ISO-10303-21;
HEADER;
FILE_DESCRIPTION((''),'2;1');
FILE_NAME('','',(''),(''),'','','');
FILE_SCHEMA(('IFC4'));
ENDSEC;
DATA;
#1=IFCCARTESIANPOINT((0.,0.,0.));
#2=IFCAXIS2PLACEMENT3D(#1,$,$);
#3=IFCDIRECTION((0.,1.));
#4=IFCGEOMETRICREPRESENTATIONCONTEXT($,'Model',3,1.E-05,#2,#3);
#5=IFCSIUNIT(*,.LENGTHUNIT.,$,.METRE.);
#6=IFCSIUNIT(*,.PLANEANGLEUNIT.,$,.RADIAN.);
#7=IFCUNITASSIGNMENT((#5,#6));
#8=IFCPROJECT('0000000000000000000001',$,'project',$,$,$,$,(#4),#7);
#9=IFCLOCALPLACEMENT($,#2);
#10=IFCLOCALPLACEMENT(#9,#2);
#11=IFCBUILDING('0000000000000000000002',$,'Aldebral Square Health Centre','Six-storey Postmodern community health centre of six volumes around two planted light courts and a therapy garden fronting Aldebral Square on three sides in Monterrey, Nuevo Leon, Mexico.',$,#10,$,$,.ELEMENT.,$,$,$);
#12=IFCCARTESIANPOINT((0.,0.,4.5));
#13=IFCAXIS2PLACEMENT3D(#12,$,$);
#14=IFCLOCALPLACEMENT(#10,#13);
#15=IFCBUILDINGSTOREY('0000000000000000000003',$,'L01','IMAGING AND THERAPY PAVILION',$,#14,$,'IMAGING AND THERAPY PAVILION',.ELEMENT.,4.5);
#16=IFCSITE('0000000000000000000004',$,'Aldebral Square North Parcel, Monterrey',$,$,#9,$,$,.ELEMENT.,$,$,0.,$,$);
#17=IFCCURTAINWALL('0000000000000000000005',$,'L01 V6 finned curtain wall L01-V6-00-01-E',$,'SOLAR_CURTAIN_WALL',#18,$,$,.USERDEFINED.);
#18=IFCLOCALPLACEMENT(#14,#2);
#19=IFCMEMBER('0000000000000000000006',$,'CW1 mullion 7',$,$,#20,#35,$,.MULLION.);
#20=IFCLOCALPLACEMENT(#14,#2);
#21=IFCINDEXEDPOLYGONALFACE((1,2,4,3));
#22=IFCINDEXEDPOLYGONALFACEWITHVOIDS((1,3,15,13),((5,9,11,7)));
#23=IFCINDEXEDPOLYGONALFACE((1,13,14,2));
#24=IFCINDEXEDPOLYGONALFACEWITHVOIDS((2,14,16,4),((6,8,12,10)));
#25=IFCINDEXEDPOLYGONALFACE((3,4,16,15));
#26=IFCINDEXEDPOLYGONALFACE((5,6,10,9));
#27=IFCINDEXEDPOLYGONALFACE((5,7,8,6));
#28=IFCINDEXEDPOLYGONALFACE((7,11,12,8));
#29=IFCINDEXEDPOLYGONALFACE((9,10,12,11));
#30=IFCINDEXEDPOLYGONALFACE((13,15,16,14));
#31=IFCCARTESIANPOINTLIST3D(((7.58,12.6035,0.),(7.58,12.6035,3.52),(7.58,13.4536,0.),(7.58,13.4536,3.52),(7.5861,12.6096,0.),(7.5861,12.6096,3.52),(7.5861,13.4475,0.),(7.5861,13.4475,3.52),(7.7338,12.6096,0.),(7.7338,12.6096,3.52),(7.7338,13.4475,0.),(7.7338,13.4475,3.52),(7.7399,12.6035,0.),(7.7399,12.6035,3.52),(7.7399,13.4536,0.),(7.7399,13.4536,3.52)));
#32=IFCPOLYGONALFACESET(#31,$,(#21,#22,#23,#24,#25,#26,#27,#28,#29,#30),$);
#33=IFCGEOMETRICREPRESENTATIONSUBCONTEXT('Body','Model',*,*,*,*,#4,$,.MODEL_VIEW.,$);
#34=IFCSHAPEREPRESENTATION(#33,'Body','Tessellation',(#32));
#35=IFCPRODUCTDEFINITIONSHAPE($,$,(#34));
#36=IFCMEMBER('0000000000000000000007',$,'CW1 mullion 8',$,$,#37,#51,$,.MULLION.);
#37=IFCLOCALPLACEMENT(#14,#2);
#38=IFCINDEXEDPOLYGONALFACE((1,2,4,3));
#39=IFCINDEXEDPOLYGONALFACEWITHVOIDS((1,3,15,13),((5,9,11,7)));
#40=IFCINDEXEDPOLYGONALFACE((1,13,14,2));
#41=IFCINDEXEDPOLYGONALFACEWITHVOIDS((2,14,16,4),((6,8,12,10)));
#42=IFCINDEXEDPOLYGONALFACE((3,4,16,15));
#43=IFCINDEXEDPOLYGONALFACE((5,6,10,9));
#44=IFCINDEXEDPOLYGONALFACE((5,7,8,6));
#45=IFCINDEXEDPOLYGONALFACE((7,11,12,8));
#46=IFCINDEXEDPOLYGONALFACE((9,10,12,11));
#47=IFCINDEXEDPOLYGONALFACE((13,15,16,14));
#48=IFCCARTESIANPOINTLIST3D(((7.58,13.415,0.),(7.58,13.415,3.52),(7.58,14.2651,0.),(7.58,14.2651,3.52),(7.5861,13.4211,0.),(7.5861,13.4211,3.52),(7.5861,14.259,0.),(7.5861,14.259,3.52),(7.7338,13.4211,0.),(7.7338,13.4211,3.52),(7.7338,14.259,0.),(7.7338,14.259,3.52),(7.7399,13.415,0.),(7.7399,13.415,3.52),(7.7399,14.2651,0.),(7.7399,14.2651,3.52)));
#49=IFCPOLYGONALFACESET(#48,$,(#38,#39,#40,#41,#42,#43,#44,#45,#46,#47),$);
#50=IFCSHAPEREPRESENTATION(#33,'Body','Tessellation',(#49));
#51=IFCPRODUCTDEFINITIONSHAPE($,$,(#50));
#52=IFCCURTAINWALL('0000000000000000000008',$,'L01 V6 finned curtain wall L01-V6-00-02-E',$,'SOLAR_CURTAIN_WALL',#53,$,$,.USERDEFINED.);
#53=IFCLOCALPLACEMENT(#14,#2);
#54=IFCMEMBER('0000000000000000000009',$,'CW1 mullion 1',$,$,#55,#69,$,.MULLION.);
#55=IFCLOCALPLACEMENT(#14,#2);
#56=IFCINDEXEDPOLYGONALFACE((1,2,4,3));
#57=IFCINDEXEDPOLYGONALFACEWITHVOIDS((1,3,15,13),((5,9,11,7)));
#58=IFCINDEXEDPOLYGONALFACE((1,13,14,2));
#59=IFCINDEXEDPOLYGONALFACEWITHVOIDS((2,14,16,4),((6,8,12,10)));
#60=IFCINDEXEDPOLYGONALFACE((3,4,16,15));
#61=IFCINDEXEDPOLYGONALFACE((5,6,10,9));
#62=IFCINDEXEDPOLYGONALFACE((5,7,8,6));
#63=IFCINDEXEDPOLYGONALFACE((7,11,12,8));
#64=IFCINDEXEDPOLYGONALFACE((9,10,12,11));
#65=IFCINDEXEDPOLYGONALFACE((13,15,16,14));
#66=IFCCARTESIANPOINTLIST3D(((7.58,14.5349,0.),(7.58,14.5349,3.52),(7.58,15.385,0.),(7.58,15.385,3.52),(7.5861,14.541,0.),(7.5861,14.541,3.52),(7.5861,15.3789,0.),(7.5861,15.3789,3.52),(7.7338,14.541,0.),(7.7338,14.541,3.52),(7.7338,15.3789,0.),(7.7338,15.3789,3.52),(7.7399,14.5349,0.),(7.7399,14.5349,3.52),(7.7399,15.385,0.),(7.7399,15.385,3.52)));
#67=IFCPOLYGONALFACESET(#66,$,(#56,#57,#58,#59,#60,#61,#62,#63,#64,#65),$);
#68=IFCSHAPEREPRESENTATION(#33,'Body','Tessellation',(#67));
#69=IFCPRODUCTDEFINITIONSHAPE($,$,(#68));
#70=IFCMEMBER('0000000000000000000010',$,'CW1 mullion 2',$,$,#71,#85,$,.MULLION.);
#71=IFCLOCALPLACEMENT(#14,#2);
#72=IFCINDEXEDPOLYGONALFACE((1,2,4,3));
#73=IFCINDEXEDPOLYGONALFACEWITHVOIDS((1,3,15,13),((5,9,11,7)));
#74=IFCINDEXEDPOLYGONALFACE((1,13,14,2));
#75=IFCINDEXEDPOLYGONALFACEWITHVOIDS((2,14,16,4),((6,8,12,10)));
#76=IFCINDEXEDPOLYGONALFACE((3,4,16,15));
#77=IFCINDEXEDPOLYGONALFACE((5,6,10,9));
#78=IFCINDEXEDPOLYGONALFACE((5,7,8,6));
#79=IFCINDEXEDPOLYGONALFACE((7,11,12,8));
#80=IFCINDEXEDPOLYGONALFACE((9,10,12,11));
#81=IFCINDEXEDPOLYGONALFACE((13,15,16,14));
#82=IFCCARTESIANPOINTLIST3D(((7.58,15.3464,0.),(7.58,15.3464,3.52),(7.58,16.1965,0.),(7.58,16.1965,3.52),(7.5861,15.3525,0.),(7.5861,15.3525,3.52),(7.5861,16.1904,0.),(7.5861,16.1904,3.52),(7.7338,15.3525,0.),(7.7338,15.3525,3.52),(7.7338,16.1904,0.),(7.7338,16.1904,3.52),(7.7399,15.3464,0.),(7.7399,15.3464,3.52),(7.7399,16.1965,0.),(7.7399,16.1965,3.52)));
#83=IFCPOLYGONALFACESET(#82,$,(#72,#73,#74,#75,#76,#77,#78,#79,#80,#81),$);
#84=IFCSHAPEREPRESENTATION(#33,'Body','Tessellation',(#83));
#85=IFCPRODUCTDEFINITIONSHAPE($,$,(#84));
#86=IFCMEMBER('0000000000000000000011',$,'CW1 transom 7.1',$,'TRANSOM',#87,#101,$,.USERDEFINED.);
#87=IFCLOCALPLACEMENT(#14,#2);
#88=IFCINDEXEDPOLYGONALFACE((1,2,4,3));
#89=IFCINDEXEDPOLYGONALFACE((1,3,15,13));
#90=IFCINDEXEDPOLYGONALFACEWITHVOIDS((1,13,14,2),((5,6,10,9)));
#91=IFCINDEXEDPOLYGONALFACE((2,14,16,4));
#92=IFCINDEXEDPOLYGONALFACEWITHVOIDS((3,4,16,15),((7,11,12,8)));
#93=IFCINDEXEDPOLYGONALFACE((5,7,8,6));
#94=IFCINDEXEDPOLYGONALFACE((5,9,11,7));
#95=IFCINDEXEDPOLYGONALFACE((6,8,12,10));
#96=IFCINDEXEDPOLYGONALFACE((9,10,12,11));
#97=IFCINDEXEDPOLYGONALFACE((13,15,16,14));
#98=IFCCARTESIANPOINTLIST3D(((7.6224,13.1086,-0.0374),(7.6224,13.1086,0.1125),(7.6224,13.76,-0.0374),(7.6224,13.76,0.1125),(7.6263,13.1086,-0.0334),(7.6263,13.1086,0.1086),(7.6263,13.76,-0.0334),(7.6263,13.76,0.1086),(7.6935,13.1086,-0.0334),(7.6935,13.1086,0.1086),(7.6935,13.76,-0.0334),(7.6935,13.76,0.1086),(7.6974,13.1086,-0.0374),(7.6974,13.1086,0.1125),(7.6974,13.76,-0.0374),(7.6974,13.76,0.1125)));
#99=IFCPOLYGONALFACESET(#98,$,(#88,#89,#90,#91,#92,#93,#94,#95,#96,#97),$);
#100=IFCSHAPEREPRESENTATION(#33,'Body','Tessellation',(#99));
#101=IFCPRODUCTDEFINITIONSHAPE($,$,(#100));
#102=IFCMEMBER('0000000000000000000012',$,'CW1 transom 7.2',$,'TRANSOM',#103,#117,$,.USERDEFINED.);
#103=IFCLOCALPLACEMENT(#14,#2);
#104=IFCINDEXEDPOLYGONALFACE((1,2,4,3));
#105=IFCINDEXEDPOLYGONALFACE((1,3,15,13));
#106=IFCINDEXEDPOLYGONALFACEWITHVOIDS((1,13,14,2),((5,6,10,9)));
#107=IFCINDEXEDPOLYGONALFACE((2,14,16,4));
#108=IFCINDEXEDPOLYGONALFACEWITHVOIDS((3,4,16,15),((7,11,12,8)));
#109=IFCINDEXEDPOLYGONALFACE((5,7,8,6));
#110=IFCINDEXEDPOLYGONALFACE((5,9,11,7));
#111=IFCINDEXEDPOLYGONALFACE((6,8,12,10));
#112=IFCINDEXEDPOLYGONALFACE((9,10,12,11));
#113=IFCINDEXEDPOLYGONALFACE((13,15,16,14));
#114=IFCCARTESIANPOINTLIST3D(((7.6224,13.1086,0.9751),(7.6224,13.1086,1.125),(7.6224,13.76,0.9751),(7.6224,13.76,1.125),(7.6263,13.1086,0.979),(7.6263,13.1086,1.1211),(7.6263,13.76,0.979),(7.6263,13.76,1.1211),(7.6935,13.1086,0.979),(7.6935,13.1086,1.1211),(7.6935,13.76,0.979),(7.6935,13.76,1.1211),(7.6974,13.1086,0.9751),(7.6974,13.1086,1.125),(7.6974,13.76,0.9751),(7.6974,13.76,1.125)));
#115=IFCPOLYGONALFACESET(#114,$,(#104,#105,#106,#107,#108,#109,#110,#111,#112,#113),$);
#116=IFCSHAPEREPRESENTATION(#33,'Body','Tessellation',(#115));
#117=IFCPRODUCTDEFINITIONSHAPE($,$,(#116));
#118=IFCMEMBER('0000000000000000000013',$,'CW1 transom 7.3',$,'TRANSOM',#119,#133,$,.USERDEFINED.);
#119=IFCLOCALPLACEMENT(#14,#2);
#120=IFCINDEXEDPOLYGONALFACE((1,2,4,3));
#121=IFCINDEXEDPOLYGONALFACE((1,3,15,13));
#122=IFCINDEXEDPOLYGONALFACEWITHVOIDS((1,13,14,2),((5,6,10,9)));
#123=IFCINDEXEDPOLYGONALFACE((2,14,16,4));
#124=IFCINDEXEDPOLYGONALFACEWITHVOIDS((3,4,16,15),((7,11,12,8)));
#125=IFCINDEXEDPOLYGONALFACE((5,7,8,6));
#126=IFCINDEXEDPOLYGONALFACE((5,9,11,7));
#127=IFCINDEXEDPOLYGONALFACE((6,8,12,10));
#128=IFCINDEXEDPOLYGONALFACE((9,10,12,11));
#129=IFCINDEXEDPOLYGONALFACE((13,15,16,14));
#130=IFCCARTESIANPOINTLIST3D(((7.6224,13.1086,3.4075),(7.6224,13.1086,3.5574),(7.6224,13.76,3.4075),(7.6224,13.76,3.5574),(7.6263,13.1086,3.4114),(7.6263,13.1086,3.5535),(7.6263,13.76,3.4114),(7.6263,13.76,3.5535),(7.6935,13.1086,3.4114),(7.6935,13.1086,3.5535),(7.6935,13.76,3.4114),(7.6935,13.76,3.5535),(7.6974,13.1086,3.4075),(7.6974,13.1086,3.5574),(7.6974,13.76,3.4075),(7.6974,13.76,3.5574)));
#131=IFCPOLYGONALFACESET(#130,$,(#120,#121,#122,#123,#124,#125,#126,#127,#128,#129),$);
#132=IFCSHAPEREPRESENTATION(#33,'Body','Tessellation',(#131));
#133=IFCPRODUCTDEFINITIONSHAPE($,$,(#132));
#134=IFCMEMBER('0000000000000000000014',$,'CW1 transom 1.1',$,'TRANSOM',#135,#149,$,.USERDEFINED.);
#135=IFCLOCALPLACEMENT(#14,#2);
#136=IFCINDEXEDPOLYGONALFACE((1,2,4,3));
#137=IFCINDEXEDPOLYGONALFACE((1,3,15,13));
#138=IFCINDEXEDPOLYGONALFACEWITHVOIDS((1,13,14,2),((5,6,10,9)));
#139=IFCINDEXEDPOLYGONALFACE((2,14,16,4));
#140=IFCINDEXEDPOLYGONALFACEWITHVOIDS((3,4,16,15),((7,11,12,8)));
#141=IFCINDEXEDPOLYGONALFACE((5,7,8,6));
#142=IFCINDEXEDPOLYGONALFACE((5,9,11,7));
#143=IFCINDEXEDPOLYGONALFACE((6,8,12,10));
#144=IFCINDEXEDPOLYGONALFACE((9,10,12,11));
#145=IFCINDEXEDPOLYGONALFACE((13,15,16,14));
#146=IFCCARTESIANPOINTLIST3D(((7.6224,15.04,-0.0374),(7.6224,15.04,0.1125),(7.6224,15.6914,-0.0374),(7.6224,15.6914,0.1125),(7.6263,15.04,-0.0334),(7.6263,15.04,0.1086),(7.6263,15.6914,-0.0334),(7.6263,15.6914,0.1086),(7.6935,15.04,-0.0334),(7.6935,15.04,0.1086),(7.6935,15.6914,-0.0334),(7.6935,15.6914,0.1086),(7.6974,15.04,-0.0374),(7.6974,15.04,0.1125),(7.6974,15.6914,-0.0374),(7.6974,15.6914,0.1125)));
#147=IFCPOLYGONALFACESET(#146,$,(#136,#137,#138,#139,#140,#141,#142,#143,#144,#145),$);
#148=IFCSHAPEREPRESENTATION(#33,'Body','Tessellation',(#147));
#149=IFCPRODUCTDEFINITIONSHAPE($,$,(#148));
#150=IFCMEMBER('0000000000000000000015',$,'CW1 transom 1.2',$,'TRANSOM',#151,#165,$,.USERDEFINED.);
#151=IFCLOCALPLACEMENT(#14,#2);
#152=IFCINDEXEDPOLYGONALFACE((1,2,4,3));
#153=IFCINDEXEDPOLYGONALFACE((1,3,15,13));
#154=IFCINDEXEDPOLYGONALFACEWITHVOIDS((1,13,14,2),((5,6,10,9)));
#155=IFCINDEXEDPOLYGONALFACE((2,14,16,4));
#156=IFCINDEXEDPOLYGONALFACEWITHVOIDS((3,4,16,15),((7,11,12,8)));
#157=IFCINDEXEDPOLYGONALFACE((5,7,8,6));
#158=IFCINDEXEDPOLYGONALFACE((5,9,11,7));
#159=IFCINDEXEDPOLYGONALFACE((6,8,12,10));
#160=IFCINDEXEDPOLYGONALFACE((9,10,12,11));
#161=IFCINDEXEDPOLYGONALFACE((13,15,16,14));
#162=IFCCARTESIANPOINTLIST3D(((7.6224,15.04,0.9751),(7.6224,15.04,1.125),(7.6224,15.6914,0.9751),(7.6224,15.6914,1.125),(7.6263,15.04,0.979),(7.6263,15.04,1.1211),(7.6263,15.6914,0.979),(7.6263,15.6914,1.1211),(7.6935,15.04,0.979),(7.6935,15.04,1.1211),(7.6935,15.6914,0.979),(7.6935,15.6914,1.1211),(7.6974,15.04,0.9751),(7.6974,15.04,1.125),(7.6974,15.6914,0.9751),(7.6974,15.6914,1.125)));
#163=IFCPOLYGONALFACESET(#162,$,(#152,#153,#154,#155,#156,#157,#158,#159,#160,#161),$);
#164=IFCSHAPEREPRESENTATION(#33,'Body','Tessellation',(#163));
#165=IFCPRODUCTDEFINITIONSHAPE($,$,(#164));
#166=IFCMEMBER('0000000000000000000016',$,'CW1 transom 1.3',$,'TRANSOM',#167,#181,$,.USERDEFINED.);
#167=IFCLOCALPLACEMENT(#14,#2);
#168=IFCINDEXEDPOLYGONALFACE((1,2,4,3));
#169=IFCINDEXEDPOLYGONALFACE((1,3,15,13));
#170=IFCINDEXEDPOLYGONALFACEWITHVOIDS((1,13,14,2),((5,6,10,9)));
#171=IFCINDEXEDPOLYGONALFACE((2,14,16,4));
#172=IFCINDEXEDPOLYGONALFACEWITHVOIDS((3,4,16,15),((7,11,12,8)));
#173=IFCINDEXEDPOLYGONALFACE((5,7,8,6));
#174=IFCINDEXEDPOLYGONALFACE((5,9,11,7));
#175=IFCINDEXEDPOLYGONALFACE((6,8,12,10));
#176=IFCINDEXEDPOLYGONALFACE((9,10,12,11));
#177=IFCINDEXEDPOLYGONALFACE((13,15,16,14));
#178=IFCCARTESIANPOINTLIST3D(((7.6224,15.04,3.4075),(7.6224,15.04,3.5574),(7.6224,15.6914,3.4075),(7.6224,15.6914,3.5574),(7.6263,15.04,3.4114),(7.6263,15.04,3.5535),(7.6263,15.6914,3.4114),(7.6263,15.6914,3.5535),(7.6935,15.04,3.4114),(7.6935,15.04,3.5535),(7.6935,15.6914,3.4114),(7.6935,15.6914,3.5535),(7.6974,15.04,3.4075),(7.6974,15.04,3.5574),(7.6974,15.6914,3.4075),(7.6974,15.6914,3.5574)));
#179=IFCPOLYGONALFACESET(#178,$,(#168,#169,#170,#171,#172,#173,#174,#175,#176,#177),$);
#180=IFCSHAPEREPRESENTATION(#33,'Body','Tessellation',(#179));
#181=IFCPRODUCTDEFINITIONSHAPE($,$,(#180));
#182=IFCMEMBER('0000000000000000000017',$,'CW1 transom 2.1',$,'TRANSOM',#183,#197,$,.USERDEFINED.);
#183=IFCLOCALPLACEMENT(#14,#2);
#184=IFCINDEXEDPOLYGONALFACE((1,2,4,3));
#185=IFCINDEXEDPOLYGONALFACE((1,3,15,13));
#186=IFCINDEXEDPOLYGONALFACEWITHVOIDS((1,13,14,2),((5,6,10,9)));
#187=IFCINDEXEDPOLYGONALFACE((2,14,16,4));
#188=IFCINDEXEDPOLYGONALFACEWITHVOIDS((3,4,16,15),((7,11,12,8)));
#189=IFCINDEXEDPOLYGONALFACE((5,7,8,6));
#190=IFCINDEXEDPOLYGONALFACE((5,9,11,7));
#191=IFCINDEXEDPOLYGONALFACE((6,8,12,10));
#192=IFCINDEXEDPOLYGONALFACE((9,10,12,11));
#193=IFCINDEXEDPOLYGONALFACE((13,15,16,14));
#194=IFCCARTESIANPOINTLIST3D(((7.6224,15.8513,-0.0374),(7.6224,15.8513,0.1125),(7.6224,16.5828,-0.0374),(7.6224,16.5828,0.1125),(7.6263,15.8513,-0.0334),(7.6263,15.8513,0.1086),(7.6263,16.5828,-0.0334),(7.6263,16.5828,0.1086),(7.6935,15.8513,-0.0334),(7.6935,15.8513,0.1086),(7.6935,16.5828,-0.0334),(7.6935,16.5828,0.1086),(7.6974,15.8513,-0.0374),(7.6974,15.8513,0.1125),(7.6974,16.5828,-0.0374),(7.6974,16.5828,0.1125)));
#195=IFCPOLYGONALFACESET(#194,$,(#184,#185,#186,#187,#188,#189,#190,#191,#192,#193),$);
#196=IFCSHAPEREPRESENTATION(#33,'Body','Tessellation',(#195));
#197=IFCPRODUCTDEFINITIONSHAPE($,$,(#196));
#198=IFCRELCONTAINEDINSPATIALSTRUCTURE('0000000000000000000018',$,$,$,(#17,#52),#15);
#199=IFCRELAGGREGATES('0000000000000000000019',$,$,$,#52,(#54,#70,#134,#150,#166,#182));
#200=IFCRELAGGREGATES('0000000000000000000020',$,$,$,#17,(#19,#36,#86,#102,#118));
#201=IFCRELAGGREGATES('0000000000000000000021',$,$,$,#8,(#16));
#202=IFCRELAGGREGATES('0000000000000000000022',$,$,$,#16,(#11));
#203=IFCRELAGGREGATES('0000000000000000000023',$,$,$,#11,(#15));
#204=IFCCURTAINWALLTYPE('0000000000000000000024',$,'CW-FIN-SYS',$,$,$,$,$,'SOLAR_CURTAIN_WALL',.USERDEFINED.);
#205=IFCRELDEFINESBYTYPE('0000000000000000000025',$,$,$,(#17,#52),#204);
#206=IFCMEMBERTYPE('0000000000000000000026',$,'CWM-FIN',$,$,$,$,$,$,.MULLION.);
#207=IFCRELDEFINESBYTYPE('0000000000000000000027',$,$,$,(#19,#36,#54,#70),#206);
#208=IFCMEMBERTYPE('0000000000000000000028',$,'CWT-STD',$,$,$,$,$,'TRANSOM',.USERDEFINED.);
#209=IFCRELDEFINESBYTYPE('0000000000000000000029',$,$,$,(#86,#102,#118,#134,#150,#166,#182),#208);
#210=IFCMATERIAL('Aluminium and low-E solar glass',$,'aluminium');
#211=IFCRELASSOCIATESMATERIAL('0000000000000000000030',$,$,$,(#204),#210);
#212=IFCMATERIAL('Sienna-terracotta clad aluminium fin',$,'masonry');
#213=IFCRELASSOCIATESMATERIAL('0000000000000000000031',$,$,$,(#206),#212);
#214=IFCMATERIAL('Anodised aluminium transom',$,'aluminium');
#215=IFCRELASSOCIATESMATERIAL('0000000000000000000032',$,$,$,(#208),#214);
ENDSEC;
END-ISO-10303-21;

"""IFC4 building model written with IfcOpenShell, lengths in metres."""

from ifc_helpers import new_model, si_unit, direction, frame, origin, origin_2d, place, context, subcontext, project, spatial, hollow_rectangle, extrude, material, material_profile, profile_set, type_object, element, aggregate, save


model = new_model("IFC4")

# Units and contexts
model_context = context("Model", 3, precision=1e-05, world=origin(), true_north=direction((0.0, 1.0)))
body_context = subcontext(model_context, "Body", "Model", "MODEL_VIEW")
ifc_project = project(units=[si_unit("LENGTHUNIT", "METRE"), si_unit("PLANEANGLEUNIT", "RADIAN")], contexts=[model_context])

# Site, building, storey
site_placement = place(None, origin())
site = spatial("IfcSite", under=ifc_project, at=site_placement, Name="Aldebral Square North Parcel, Monterrey", CompositionType="ELEMENT", RefElevation=0.0)
building_placement = place(site_placement, origin())
building = spatial("IfcBuilding", under=site, at=building_placement, Name="Aldebral Square Health Centre", Description="Six-storey Postmodern community health centre of six volumes around two planted light courts and a therapy garden fronting Aldebral Square on three sides in Monterrey, Nuevo Leon, Mexico.", CompositionType="ELEMENT")
storey_placement = place(building_placement, frame((0.0, 0.0, 4.5)))
storey = spatial("IfcBuildingStorey", under=building, at=storey_placement, Name="L01", Description="IMAGING AND THERAPY PAVILION", LongName="IMAGING AND THERAPY PAVILION", CompositionType="ELEMENT", Elevation=4.5)

# Curtain walls, members
ifc_material_1 = material(Name="Aluminium and low-E solar glass", Category="aluminium")
curtain_wall_type = type_object("IfcCurtainWallType", Name="CW-FIN-SYS", ElementType="SOLAR_CURTAIN_WALL", PredefinedType="USERDEFINED", material=ifc_material_1)
curtain_wall_1_placement = place(storey_placement, origin())
curtain_wall_1 = element("IfcCurtainWall", 1, at=curtain_wall_1_placement, inside=storey, type_object=curtain_wall_type, Name="L01 V6 finned curtain wall L01-V6-00-01-E", ObjectType="SOLAR_CURTAIN_WALL", PredefinedType="USERDEFINED")
ifc_material_2 = material(Name="Sienna-terracotta clad aluminium fin", Category="masonry")
ifc_material_profile_1 = material_profile(ifc_material_2, hollow_rectangle(XDim=0.1599, YDim=0.8501, WallThickness=0.0061, at=origin_2d()), Name="FIN 160x850x6")
ifc_profile_set_1 = profile_set([ifc_material_profile_1], Name="Sienna-terracotta clad aluminium fin")
member_type_1 = type_object("IfcMemberType", Name="CWM-FIN", PredefinedType="MULLION", material=ifc_profile_set_1)
member_1_placement = place(storey_placement, frame((7.6599, 13.0286, 0.0), z_axis=(0.0, 0.0, 1.0), x_axis=(-1.0, 0.0, 0.0)))
member_1 = element("IfcMember", 2, at=member_1_placement, type_object=member_type_1, Name="CW1 mullion 7", PredefinedType="MULLION", context=body_context, shape_type="SweptSolid", body=[
    extrude(hollow_rectangle(XDim=0.1599, YDim=0.8501, WallThickness=0.0061, at=origin_2d()), origin(), (0.0, 0.0, 1.0), 3.52),
])
member_2_placement = place(storey_placement, frame((7.6599, 13.8401, 0.0), z_axis=(0.0, 0.0, 1.0), x_axis=(-1.0, 0.0, 0.0)))
member_2 = element("IfcMember", 3, at=member_2_placement, type_object=member_type_1, Name="CW1 mullion 8", PredefinedType="MULLION", context=body_context, shape_type="SweptSolid", body=[
    extrude(hollow_rectangle(XDim=0.1599, YDim=0.8501, WallThickness=0.0061, at=origin_2d()), origin(), (0.0, 0.0, 1.0), 3.52),
])
curtain_wall_2_placement = place(storey_placement, origin())
curtain_wall_2 = element("IfcCurtainWall", 4, at=curtain_wall_2_placement, inside=storey, type_object=curtain_wall_type, Name="L01 V6 finned curtain wall L01-V6-00-02-E", ObjectType="SOLAR_CURTAIN_WALL", PredefinedType="USERDEFINED")
member_3_placement = place(storey_placement, frame((7.6599, 14.96, 0.0), z_axis=(0.0, 0.0, 1.0), x_axis=(-1.0, 0.0, 0.0)))
member_3 = element("IfcMember", 5, at=member_3_placement, type_object=member_type_1, Name="CW1 mullion 1", PredefinedType="MULLION", context=body_context, shape_type="SweptSolid", body=[
    extrude(hollow_rectangle(XDim=0.1599, YDim=0.8501, WallThickness=0.0061, at=origin_2d()), origin(), (0.0, 0.0, 1.0), 3.52),
])
member_4_placement = place(storey_placement, frame((7.6599, 15.7715, 0.0), z_axis=(0.0, 0.0, 1.0), x_axis=(-1.0, 0.0, 0.0)))
member_4 = element("IfcMember", 6, at=member_4_placement, type_object=member_type_1, Name="CW1 mullion 2", PredefinedType="MULLION", context=body_context, shape_type="SweptSolid", body=[
    extrude(hollow_rectangle(XDim=0.1599, YDim=0.8501, WallThickness=0.0061, at=origin_2d()), origin(), (0.0, 0.0, 1.0), 3.52),
])

# Members
ifc_material_3 = material(Name="Anodised aluminium transom", Category="aluminium")
ifc_material_profile_2 = material_profile(ifc_material_3, hollow_rectangle(XDim=0.075, YDim=0.1499, WallThickness=0.0039, at=origin_2d()), Name="CWT 75x150x4")
ifc_profile_set_2 = profile_set([ifc_material_profile_2], Name="Anodised aluminium transom")
member_type_2 = type_object("IfcMemberType", Name="CWT-STD", ElementType="TRANSOM", PredefinedType="USERDEFINED", material=ifc_profile_set_2)
member_5_placement = place(storey_placement, frame((7.6599, 13.1086, 0.0376), z_axis=(0.0, 1.0, 0.0), x_axis=(-1.0, 0.0, 0.0)))
member_5 = element("IfcMember", 7, at=member_5_placement, type_object=member_type_2, Name="CW1 transom 7.1", ObjectType="TRANSOM", PredefinedType="USERDEFINED", context=body_context, shape_type="SweptSolid", body=[
    extrude(hollow_rectangle(XDim=0.075, YDim=0.1499, WallThickness=0.0039, at=origin_2d()), origin(), (0.0, 0.0, 1.0), 0.6514),
])
member_6_placement = place(storey_placement, frame((7.6599, 13.1086, 1.05), z_axis=(0.0, 1.0, 0.0), x_axis=(-1.0, 0.0, 0.0)))
member_6 = element("IfcMember", 8, at=member_6_placement, type_object=member_type_2, Name="CW1 transom 7.2", ObjectType="TRANSOM", PredefinedType="USERDEFINED", context=body_context, shape_type="SweptSolid", body=[
    extrude(hollow_rectangle(XDim=0.075, YDim=0.1499, WallThickness=0.0039, at=origin_2d()), origin(), (0.0, 0.0, 1.0), 0.6514),
])
member_7_placement = place(storey_placement, frame((7.6599, 13.1086, 3.4824), z_axis=(0.0, 1.0, 0.0), x_axis=(-1.0, 0.0, 0.0)))
member_7 = element("IfcMember", 9, at=member_7_placement, type_object=member_type_2, Name="CW1 transom 7.3", ObjectType="TRANSOM", PredefinedType="USERDEFINED", context=body_context, shape_type="SweptSolid", body=[
    extrude(hollow_rectangle(XDim=0.075, YDim=0.1499, WallThickness=0.0039, at=origin_2d()), origin(), (0.0, 0.0, 1.0), 0.6514),
])
member_8_placement = place(storey_placement, frame((7.6599, 15.04, 0.0376), z_axis=(0.0, 1.0, 0.0), x_axis=(-1.0, 0.0, 0.0)))
member_8 = element("IfcMember", 10, at=member_8_placement, type_object=member_type_2, Name="CW1 transom 1.1", ObjectType="TRANSOM", PredefinedType="USERDEFINED", context=body_context, shape_type="SweptSolid", body=[
    extrude(hollow_rectangle(XDim=0.075, YDim=0.1499, WallThickness=0.0039, at=origin_2d()), origin(), (0.0, 0.0, 1.0), 0.6514),
])
member_9_placement = place(storey_placement, frame((7.6599, 15.04, 1.05), z_axis=(0.0, 1.0, 0.0), x_axis=(-1.0, 0.0, 0.0)))
member_9 = element("IfcMember", 11, at=member_9_placement, type_object=member_type_2, Name="CW1 transom 1.2", ObjectType="TRANSOM", PredefinedType="USERDEFINED", context=body_context, shape_type="SweptSolid", body=[
    extrude(hollow_rectangle(XDim=0.075, YDim=0.1499, WallThickness=0.0039, at=origin_2d()), origin(), (0.0, 0.0, 1.0), 0.6514),
])
member_10_placement = place(storey_placement, frame((7.6599, 15.04, 3.4824), z_axis=(0.0, 1.0, 0.0), x_axis=(-1.0, 0.0, 0.0)))
member_10 = element("IfcMember", 12, at=member_10_placement, type_object=member_type_2, Name="CW1 transom 1.3", ObjectType="TRANSOM", PredefinedType="USERDEFINED", context=body_context, shape_type="SweptSolid", body=[
    extrude(hollow_rectangle(XDim=0.075, YDim=0.1499, WallThickness=0.0039, at=origin_2d()), origin(), (0.0, 0.0, 1.0), 0.6514),
])
member_11_placement = place(storey_placement, frame((7.6599, 15.8513, 0.0376), z_axis=(0.0, 1.0, 0.0), x_axis=(-1.0, 0.0, 0.0)))
member_11 = element("IfcMember", 13, at=member_11_placement, type_object=member_type_2, Name="CW1 transom 2.1", ObjectType="TRANSOM", PredefinedType="USERDEFINED", context=body_context, shape_type="SweptSolid", body=[
    extrude(hollow_rectangle(XDim=0.075, YDim=0.1499, WallThickness=0.0039, at=origin_2d()), origin(), (0.0, 0.0, 1.0), 0.7314),
])

aggregate(curtain_wall_2, [member_3, member_4, member_8, member_9, member_10, member_11])

aggregate(curtain_wall_1, [member_1, member_2, member_5, member_6, member_7])

save(model, "model.ifc")
